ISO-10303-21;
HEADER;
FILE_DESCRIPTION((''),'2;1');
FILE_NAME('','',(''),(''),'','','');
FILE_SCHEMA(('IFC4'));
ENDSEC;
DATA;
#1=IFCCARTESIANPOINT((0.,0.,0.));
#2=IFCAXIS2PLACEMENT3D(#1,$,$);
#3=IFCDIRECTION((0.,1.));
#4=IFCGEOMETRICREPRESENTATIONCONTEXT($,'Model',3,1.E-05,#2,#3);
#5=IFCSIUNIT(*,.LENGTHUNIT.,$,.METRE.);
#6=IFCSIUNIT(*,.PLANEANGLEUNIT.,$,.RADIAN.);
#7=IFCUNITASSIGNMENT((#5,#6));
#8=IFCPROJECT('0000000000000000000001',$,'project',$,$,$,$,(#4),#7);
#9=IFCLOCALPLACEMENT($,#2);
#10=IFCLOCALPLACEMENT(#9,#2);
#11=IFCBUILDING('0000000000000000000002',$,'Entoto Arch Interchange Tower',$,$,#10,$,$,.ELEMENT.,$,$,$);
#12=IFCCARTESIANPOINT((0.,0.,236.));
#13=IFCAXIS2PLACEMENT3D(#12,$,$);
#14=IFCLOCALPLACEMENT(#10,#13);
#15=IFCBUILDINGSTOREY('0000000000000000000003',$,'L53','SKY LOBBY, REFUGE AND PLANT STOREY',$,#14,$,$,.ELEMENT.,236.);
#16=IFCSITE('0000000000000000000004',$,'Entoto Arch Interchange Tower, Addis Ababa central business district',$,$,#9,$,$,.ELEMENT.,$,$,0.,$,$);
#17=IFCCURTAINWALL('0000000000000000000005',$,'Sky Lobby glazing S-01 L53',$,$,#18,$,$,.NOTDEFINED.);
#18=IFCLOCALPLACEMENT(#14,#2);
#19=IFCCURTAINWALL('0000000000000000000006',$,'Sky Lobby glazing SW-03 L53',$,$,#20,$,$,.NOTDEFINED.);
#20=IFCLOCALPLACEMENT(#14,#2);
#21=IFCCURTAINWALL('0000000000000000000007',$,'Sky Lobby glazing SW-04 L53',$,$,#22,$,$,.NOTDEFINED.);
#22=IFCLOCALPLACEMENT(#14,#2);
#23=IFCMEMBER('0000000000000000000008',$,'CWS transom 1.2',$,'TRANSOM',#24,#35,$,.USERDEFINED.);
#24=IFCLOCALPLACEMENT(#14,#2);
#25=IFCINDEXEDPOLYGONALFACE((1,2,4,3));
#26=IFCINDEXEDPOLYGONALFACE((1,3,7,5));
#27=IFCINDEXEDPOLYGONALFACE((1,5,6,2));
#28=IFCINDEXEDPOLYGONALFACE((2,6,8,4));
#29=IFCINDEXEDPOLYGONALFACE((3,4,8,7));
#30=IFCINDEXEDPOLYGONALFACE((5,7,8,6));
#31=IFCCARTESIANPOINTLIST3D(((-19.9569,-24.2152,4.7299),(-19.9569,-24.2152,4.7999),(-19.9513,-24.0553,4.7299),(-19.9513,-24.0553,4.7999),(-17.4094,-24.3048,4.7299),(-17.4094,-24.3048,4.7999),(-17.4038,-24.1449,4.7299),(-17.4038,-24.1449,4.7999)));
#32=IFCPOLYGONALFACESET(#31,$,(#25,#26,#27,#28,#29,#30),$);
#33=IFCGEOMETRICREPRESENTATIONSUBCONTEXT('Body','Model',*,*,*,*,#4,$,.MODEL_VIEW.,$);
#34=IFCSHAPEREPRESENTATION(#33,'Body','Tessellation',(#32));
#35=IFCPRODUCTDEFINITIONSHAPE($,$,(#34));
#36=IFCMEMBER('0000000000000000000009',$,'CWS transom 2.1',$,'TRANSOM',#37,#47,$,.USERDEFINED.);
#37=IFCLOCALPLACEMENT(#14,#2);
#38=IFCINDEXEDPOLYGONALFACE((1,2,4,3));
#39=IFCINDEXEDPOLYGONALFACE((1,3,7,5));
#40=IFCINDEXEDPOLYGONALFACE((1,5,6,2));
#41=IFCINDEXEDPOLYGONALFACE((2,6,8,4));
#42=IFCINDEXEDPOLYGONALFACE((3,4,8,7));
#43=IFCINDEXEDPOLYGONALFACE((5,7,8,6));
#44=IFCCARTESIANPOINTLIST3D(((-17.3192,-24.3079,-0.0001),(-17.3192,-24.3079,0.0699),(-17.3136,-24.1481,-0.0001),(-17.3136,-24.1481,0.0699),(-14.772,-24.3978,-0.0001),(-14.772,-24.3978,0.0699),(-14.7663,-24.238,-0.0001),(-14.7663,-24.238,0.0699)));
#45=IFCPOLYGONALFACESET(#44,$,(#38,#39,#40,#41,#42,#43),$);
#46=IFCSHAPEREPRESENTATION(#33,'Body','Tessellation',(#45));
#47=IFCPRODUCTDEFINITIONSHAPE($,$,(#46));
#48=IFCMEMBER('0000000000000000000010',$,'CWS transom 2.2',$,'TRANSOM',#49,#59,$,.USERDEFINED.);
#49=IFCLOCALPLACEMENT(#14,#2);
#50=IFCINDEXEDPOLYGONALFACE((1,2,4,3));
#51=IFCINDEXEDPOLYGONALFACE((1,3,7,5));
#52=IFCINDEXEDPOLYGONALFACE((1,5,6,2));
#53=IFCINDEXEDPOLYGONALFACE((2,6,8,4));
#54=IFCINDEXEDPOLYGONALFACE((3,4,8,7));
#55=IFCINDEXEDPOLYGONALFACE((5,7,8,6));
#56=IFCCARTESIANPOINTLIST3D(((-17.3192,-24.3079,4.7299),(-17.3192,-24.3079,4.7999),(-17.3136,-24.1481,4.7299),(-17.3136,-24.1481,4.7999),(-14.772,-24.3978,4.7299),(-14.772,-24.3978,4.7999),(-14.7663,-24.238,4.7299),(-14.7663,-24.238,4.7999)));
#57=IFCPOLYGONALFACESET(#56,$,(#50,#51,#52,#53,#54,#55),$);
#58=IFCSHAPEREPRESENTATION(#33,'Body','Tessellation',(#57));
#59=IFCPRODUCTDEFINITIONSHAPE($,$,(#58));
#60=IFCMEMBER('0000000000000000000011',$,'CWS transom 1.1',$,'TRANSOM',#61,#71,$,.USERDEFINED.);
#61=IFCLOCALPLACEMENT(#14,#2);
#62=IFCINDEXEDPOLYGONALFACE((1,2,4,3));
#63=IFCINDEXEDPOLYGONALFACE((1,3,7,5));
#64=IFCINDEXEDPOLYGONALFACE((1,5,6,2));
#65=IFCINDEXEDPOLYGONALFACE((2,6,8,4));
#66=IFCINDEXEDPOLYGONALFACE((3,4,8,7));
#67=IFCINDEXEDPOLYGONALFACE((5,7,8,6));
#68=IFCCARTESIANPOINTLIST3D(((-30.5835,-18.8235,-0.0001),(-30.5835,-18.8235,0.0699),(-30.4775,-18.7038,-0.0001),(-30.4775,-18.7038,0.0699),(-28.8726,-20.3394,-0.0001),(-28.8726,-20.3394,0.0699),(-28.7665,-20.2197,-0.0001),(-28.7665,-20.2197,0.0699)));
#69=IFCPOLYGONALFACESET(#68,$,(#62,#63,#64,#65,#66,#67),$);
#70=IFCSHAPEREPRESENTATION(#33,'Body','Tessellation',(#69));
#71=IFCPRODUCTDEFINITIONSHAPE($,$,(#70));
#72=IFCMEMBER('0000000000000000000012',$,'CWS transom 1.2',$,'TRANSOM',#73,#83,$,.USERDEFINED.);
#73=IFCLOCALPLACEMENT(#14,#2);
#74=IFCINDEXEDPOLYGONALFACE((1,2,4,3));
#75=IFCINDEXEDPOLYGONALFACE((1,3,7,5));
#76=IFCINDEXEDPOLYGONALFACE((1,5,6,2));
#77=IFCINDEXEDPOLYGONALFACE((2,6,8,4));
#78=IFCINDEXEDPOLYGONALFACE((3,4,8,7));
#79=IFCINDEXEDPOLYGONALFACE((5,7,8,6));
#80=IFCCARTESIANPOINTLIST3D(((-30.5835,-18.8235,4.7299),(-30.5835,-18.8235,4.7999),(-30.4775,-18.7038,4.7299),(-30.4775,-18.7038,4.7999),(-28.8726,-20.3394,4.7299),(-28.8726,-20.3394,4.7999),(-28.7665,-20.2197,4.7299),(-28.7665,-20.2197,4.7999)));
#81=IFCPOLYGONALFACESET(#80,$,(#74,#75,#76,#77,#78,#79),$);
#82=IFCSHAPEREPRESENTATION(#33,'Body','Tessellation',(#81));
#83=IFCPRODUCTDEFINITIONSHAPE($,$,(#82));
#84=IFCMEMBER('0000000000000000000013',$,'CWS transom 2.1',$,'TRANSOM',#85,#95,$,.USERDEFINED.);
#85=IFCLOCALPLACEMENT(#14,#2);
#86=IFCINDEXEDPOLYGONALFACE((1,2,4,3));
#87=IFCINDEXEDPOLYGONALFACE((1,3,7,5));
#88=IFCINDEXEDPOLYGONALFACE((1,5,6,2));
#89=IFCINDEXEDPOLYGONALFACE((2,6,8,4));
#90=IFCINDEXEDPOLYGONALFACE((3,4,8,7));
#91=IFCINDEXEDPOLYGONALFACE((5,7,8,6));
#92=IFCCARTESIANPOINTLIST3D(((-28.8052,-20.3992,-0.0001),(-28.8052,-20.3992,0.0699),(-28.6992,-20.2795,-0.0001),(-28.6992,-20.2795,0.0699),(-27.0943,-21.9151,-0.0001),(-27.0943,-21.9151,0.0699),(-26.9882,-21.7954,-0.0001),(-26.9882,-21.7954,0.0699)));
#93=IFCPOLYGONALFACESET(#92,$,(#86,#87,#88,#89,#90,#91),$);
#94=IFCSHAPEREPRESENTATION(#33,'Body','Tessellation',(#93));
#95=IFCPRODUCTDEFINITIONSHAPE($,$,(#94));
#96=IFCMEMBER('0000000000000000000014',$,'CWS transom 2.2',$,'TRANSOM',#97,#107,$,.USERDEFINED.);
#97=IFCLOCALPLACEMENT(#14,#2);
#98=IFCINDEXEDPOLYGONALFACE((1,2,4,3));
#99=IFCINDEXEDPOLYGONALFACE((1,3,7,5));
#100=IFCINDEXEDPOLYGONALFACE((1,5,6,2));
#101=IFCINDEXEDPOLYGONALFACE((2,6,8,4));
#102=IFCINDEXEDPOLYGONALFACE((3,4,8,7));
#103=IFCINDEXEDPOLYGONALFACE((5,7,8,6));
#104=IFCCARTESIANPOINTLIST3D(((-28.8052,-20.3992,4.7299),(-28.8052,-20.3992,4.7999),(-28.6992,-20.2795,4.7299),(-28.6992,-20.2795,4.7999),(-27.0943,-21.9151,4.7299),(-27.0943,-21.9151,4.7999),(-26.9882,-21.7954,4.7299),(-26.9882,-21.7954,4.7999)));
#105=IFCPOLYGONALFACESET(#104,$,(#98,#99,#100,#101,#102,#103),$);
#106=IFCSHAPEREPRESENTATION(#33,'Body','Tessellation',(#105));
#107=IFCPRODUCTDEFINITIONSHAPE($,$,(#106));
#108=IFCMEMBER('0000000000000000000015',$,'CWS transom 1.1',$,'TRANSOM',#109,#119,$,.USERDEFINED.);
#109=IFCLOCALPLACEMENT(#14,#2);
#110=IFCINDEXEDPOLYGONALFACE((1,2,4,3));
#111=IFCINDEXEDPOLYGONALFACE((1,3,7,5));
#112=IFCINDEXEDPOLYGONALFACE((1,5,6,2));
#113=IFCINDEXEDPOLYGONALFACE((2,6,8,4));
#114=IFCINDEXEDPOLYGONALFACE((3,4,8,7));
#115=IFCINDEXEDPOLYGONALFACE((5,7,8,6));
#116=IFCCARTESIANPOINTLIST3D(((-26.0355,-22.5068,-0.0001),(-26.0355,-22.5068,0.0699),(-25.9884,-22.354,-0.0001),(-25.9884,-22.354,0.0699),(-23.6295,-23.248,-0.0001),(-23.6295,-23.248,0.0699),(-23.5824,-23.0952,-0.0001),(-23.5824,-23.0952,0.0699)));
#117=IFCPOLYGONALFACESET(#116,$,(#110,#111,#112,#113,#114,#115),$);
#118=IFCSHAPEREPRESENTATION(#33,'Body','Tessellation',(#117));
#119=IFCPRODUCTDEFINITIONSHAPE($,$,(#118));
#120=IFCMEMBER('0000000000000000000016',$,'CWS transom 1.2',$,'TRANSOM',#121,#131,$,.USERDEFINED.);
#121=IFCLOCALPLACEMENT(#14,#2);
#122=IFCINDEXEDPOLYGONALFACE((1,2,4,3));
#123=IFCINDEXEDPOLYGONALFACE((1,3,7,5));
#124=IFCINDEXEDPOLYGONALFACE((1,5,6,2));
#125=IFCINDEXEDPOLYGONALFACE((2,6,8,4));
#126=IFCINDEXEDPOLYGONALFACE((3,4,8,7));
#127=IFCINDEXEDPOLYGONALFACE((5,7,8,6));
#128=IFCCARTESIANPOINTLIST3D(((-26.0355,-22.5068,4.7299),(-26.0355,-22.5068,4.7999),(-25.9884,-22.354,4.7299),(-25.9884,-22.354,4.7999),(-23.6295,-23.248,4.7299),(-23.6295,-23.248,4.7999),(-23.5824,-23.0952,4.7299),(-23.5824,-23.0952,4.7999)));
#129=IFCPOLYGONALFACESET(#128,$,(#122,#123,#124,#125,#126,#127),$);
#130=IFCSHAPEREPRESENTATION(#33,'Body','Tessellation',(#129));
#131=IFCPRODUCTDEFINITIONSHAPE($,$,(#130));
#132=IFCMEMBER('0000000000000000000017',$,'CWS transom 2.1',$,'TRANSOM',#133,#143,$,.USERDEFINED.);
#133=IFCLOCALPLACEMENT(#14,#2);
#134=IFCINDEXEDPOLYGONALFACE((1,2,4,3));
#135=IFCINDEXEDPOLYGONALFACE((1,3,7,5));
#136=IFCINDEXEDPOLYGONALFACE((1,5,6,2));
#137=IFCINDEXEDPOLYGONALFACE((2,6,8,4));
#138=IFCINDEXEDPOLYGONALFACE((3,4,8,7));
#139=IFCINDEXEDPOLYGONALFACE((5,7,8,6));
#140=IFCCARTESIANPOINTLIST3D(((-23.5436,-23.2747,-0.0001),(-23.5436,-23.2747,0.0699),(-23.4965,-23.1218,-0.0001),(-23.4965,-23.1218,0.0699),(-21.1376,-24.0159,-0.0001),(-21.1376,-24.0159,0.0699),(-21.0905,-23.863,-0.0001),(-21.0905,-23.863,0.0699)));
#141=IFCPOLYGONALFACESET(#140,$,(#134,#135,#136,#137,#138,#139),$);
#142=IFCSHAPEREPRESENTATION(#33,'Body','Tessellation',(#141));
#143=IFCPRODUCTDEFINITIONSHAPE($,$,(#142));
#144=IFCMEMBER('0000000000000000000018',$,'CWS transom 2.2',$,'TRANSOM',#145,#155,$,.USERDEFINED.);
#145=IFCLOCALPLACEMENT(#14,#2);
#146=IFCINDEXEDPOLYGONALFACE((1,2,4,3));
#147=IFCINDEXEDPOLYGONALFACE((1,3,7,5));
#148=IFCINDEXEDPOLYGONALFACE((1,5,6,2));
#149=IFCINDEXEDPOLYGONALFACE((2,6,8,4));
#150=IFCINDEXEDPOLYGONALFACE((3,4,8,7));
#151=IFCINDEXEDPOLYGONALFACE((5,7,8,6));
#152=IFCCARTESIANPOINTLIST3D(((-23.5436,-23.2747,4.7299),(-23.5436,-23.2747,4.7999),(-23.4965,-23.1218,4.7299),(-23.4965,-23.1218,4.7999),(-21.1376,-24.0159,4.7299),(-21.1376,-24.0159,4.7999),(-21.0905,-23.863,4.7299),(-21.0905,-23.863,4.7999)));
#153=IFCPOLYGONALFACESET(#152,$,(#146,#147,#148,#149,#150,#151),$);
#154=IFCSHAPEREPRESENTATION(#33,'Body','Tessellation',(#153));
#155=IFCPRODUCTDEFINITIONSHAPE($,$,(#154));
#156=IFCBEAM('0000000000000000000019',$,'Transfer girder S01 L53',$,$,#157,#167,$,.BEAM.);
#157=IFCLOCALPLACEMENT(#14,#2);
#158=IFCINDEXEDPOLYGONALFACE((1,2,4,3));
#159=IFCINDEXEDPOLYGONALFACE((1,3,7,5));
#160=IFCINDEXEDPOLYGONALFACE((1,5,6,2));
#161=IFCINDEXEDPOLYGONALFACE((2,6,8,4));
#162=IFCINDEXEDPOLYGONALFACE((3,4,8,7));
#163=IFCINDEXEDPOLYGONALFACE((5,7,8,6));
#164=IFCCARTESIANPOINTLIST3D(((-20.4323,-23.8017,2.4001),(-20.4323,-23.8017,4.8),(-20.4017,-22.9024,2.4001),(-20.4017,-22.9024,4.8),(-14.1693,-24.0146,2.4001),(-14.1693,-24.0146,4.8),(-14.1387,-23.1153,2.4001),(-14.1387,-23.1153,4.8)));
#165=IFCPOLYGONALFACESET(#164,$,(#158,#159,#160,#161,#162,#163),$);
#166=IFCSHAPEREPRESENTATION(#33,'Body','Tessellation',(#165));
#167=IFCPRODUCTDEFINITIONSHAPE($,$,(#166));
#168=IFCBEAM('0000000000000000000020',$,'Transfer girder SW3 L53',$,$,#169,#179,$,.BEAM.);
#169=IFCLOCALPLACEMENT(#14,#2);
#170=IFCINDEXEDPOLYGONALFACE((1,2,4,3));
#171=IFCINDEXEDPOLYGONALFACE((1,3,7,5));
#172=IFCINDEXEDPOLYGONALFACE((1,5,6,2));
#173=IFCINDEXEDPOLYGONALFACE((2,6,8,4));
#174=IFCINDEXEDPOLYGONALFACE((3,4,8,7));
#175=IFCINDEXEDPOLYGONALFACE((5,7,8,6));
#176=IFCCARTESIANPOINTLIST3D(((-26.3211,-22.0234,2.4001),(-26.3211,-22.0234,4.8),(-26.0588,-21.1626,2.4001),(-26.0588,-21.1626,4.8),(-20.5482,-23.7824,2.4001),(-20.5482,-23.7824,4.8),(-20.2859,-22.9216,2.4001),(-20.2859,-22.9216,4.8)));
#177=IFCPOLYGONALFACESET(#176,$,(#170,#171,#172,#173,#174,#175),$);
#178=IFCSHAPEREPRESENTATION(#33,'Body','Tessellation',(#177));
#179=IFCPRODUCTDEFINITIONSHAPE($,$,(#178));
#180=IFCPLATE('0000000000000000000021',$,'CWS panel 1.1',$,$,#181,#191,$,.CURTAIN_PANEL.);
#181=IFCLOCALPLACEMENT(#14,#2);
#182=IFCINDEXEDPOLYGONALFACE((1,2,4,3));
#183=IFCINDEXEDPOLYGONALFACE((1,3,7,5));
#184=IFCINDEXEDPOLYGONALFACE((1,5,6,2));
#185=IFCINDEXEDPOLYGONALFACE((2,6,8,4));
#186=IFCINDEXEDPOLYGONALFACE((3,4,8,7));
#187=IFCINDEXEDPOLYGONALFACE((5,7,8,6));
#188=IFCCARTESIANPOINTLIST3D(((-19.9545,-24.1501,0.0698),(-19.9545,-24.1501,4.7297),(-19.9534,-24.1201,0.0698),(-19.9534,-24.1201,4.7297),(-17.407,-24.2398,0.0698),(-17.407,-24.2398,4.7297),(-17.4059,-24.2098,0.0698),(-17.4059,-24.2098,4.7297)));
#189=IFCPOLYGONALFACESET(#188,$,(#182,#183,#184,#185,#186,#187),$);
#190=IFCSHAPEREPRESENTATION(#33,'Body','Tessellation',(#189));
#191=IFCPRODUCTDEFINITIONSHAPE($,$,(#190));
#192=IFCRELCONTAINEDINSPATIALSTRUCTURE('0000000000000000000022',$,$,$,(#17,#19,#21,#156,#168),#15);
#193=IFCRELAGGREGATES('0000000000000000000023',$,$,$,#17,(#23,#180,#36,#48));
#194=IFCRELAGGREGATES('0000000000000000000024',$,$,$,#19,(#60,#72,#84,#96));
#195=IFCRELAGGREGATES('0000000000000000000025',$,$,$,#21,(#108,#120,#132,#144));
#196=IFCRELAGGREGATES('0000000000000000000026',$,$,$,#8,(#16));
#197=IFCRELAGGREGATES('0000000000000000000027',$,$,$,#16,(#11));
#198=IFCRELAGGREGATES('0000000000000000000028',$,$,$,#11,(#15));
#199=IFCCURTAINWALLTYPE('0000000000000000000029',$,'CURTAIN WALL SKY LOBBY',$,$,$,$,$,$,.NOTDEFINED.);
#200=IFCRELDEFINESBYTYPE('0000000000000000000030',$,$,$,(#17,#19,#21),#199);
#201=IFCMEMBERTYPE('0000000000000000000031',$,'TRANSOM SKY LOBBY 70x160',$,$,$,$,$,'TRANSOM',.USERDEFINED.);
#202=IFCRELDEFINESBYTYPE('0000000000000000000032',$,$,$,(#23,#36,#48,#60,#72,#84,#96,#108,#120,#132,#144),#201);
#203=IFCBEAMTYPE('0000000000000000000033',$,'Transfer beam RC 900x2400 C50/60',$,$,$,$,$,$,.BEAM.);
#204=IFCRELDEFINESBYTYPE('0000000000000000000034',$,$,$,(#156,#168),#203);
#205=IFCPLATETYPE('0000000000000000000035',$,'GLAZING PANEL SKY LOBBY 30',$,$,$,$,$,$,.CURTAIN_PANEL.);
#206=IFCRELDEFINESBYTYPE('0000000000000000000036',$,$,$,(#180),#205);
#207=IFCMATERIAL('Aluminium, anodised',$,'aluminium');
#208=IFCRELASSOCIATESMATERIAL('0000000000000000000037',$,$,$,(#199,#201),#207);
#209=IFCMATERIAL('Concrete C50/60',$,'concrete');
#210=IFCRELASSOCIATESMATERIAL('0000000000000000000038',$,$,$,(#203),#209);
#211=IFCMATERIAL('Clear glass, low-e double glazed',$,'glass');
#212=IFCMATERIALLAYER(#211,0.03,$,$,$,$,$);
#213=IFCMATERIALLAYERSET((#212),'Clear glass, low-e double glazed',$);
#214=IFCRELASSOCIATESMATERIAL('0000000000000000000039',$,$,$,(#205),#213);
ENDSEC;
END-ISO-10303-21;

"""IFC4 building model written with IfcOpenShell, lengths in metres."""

from ifc_helpers import new_model, si_unit, direction, frame, origin, origin_2d, place, context, subcontext, project, spatial, rectangle, extrude, material, layer, layer_set, material_profile, profile_set, type_object, element, aggregate, save


model = new_model("IFC4")

# Units and contexts
model_context = context("Model", 3, precision=1e-05, world=origin(), true_north=direction((0.0, 1.0)))
body_context = subcontext(model_context, "Body", "Model", "MODEL_VIEW")
ifc_project = project(units=[si_unit("LENGTHUNIT", "METRE"), si_unit("PLANEANGLEUNIT", "RADIAN")], contexts=[model_context])

# Site, building, storey
site_placement = place(None, origin())
site = spatial("IfcSite", under=ifc_project, at=site_placement, Name="Entoto Arch Interchange Tower, Addis Ababa central business district", CompositionType="ELEMENT", RefElevation=0.0)
building_placement = place(site_placement, origin())
building = spatial("IfcBuilding", under=site, at=building_placement, Name="Entoto Arch Interchange Tower", CompositionType="ELEMENT")
storey_placement = place(building_placement, frame((0.0, 0.0, 236.0)))
storey = spatial("IfcBuildingStorey", under=building, at=storey_placement, Name="L53", Description="SKY LOBBY, REFUGE AND PLANT STOREY", CompositionType="ELEMENT", Elevation=236.0)

# Shared definitions
ifc_material_1 = material(Name="Concrete C50/60", Category="concrete")

# Curtain walls
ifc_material_2 = material(Name="Aluminium, anodised", Category="aluminium")
curtain_wall_type = type_object("IfcCurtainWallType", Name="CURTAIN WALL SKY LOBBY", PredefinedType="NOTDEFINED", material=ifc_material_2)
curtain_wall_1_placement = place(storey_placement, origin())
curtain_wall_1 = element("IfcCurtainWall", 1, at=curtain_wall_1_placement, inside=storey, type_object=curtain_wall_type, Name="Sky Lobby glazing S-01 L53", PredefinedType="NOTDEFINED")
curtain_wall_2_placement = place(storey_placement, origin())
curtain_wall_2 = element("IfcCurtainWall", 2, at=curtain_wall_2_placement, inside=storey, type_object=curtain_wall_type, Name="Sky Lobby glazing SW-03 L53", PredefinedType="NOTDEFINED")
curtain_wall_3_placement = place(storey_placement, origin())
curtain_wall_3 = element("IfcCurtainWall", 3, at=curtain_wall_3_placement, inside=storey, type_object=curtain_wall_type, Name="Sky Lobby glazing SW-04 L53", PredefinedType="NOTDEFINED")

# Members
ifc_material_profile_1 = material_profile(ifc_material_2, rectangle(XDim=0.1599, YDim=0.0701, at=origin_2d()))
ifc_profile_set_1 = profile_set([ifc_material_profile_1], Name="Aluminium, anodised")
member_type_1 = type_object("IfcMemberType", Name="TRANSOM SKY LOBBY 70x160", ElementType="TRANSOM", PredefinedType="USERDEFINED", material=ifc_profile_set_1)
member_1_placement = place(storey_placement, frame((-19.9541, -24.1353, 4.7649), z_axis=(0.999382, -0.035148, 0.0), x_axis=(0.035148, 0.999382, 0.0)))
member_1 = element("IfcMember", 4, at=member_1_placement, type_object=member_type_1, Name="CWS transom 1.2", ObjectType="TRANSOM", PredefinedType="USERDEFINED", context=body_context, shape_type="SweptSolid", body=[
    extrude(rectangle(XDim=0.1599, YDim=0.0701, at=origin_2d()), origin(), (0.0, 0.0, 1.0), 2.5491),
])
member_2_placement = place(storey_placement, frame((-17.3164, -24.228, 0.0349), z_axis=(0.999379, -0.035247, 0.0), x_axis=(0.035247, 0.999379, 0.0)))
member_2 = element("IfcMember", 5, at=member_2_placement, type_object=member_type_1, Name="CWS transom 2.1", ObjectType="TRANSOM", PredefinedType="USERDEFINED", context=body_context, shape_type="SweptSolid", body=[
    extrude(rectangle(XDim=0.1599, YDim=0.0701, at=origin_2d()), origin(), (0.0, 0.0, 1.0), 2.5488),
])
member_3_placement = place(storey_placement, frame((-17.3164, -24.228, 4.7649), z_axis=(0.999379, -0.035247, 0.0), x_axis=(0.035247, 0.999379, 0.0)))
member_3 = element("IfcMember", 6, at=member_3_placement, type_object=member_type_1, Name="CWS transom 2.2", ObjectType="TRANSOM", PredefinedType="USERDEFINED", context=body_context, shape_type="SweptSolid", body=[
    extrude(rectangle(XDim=0.1599, YDim=0.0701, at=origin_2d()), origin(), (0.0, 0.0, 1.0), 2.5488),
])
member_4_placement = place(storey_placement, frame((-30.5305, -18.7637, 0.0349), z_axis=(0.748487, -0.66315, 0.0), x_axis=(0.66315, 0.748487, 0.0)))
member_4 = element("IfcMember", 7, at=member_4_placement, type_object=member_type_1, Name="CWS transom 1.1", ObjectType="TRANSOM", PredefinedType="USERDEFINED", context=body_context, shape_type="SweptSolid", body=[
    extrude(rectangle(XDim=0.1599, YDim=0.0701, at=origin_2d()), origin(), (0.0, 0.0, 1.0), 2.2859),
])
member_5_placement = place(storey_placement, frame((-30.5305, -18.7637, 4.7649), z_axis=(0.748487, -0.66315, 0.0), x_axis=(0.66315, 0.748487, 0.0)))
member_5 = element("IfcMember", 8, at=member_5_placement, type_object=member_type_1, Name="CWS transom 1.2", ObjectType="TRANSOM", PredefinedType="USERDEFINED", context=body_context, shape_type="SweptSolid", body=[
    extrude(rectangle(XDim=0.1599, YDim=0.0701, at=origin_2d()), origin(), (0.0, 0.0, 1.0), 2.2859),
])
member_6_placement = place(storey_placement, frame((-28.7522, -20.3394, 0.0349), z_axis=(0.748487, -0.66315, 0.0), x_axis=(0.66315, 0.748487, 0.0)))
member_6 = element("IfcMember", 9, at=member_6_placement, type_object=member_type_1, Name="CWS transom 2.1", ObjectType="TRANSOM", PredefinedType="USERDEFINED", context=body_context, shape_type="SweptSolid", body=[
    extrude(rectangle(XDim=0.1599, YDim=0.0701, at=origin_2d()), origin(), (0.0, 0.0, 1.0), 2.2859),
])
member_7_placement = place(storey_placement, frame((-28.7522, -20.3394, 4.7649), z_axis=(0.748487, -0.66315, 0.0), x_axis=(0.66315, 0.748487, 0.0)))
member_7 = element("IfcMember", 10, at=member_7_placement, type_object=member_type_1, Name="CWS transom 2.2", ObjectType="TRANSOM", PredefinedType="USERDEFINED", context=body_context, shape_type="SweptSolid", body=[
    extrude(rectangle(XDim=0.1599, YDim=0.0701, at=origin_2d()), origin(), (0.0, 0.0, 1.0), 2.2859),
])
member_8_placement = place(storey_placement, frame((-26.012, -22.4304, 0.0349), z_axis=(0.955678, -0.294413, 0.0), x_axis=(0.294413, 0.955678, 0.0)))
member_8 = element("IfcMember", 11, at=member_8_placement, type_object=member_type_1, Name="CWS transom 1.1", ObjectType="TRANSOM", PredefinedType="USERDEFINED", context=body_context, shape_type="SweptSolid", body=[
    extrude(rectangle(XDim=0.1599, YDim=0.0701, at=origin_2d()), origin(), (0.0, 0.0, 1.0), 2.5176),
])
member_9_placement = place(storey_placement, frame((-26.012, -22.4304, 4.7649), z_axis=(0.955678, -0.294413, 0.0), x_axis=(0.294413, 0.955678, 0.0)))
member_9 = element("IfcMember", 12, at=member_9_placement, type_object=member_type_1, Name="CWS transom 1.2", ObjectType="TRANSOM", PredefinedType="USERDEFINED", context=body_context, shape_type="SweptSolid", body=[
    extrude(rectangle(XDim=0.1599, YDim=0.0701, at=origin_2d()), origin(), (0.0, 0.0, 1.0), 2.5176),
])
member_10_placement = place(storey_placement, frame((-23.52, -23.1982, 0.0349), z_axis=(0.955678, -0.294413, 0.0), x_axis=(0.294413, 0.955678, 0.0)))
member_10 = element("IfcMember", 13, at=member_10_placement, type_object=member_type_1, Name="CWS transom 2.1", ObjectType="TRANSOM", PredefinedType="USERDEFINED", context=body_context, shape_type="SweptSolid", body=[
    extrude(rectangle(XDim=0.1599, YDim=0.0701, at=origin_2d()), origin(), (0.0, 0.0, 1.0), 2.5176),
])
member_11_placement = place(storey_placement, frame((-23.52, -23.1982, 4.7649), z_axis=(0.955678, -0.294413, 0.0), x_axis=(0.294413, 0.955678, 0.0)))
member_11 = element("IfcMember", 14, at=member_11_placement, type_object=member_type_1, Name="CWS transom 2.2", ObjectType="TRANSOM", PredefinedType="USERDEFINED", context=body_context, shape_type="SweptSolid", body=[
    extrude(rectangle(XDim=0.1599, YDim=0.0701, at=origin_2d()), origin(), (0.0, 0.0, 1.0), 2.5176),
])

# Beams
ifc_material_profile_2 = material_profile(ifc_material_1, rectangle(XDim=0.8999, YDim=2.3999, at=origin_2d()))
ifc_profile_set_2 = profile_set([ifc_material_profile_2], Name="Concrete C50/60")
beam_type = type_object("IfcBeamType", Name="Transfer beam RC 900x2400 C50/60", PredefinedType="BEAM", material=ifc_profile_set_2)
beam_1_placement = place(storey_placement, frame((-20.417, -23.3521, 3.6001), z_axis=(0.999423, -0.033973, 0.0), x_axis=(0.033973, 0.999423, 0.0)))
element("IfcBeam", 15, at=beam_1_placement, inside=storey, type_object=beam_type, Name="Transfer girder S01 L53", PredefinedType="BEAM", context=body_context, shape_type="SweptSolid", body=[
    extrude(rectangle(XDim=0.8999, YDim=2.3999, at=origin_2d()), origin(), (0.0, 0.0, 1.0), 6.2666),
])
beam_2_placement = place(storey_placement, frame((-26.1899, -21.593, 3.6001), z_axis=(0.956579, -0.291472, 0.0), x_axis=(0.291472, 0.956579, 0.0)))
element("IfcBeam", 16, at=beam_2_placement, inside=storey, type_object=beam_type, Name="Transfer girder SW3 L53", PredefinedType="BEAM", context=body_context, shape_type="SweptSolid", body=[
    extrude(rectangle(XDim=0.8999, YDim=2.3999, at=origin_2d()), origin(), (0.0, 0.0, 1.0), 6.0349),
])

# Plate
ifc_material_3 = material(Name="Clear glass, low-e double glazed", Category="glass")
ifc_layer_1 = layer(ifc_material_3, 0.03)
ifc_layer_set_1 = layer_set([ifc_layer_1], Name="Clear glass, low-e double glazed")
plate_type = type_object("IfcPlateType", Name="GLAZING PANEL SKY LOBBY 30", PredefinedType="CURTAIN_PANEL", material=ifc_layer_set_1)
plate_1_placement = place(storey_placement, frame((-18.6802, -24.1799, 0.0698), z_axis=(0.0, 0.0, 1.0), x_axis=(0.99938, -0.035206, 0.0)))
plate_1 = element("IfcPlate", 17, at=plate_1_placement, type_object=plate_type, Name="CWS panel 1.1", PredefinedType="CURTAIN_PANEL", context=body_context, shape_type="SweptSolid", body=[
    extrude(rectangle(XDim=2.5491, YDim=0.03, at=origin_2d()), origin(), (0.0, 0.0, 1.0), 4.6599),
])
aggregate(curtain_wall_1, [member_1, plate_1, member_2, member_3])
aggregate(curtain_wall_2, [member_4, member_5, member_6, member_7])
aggregate(curtain_wall_3, [member_8, member_9, member_10, member_11])

save(model, "model.ifc")
